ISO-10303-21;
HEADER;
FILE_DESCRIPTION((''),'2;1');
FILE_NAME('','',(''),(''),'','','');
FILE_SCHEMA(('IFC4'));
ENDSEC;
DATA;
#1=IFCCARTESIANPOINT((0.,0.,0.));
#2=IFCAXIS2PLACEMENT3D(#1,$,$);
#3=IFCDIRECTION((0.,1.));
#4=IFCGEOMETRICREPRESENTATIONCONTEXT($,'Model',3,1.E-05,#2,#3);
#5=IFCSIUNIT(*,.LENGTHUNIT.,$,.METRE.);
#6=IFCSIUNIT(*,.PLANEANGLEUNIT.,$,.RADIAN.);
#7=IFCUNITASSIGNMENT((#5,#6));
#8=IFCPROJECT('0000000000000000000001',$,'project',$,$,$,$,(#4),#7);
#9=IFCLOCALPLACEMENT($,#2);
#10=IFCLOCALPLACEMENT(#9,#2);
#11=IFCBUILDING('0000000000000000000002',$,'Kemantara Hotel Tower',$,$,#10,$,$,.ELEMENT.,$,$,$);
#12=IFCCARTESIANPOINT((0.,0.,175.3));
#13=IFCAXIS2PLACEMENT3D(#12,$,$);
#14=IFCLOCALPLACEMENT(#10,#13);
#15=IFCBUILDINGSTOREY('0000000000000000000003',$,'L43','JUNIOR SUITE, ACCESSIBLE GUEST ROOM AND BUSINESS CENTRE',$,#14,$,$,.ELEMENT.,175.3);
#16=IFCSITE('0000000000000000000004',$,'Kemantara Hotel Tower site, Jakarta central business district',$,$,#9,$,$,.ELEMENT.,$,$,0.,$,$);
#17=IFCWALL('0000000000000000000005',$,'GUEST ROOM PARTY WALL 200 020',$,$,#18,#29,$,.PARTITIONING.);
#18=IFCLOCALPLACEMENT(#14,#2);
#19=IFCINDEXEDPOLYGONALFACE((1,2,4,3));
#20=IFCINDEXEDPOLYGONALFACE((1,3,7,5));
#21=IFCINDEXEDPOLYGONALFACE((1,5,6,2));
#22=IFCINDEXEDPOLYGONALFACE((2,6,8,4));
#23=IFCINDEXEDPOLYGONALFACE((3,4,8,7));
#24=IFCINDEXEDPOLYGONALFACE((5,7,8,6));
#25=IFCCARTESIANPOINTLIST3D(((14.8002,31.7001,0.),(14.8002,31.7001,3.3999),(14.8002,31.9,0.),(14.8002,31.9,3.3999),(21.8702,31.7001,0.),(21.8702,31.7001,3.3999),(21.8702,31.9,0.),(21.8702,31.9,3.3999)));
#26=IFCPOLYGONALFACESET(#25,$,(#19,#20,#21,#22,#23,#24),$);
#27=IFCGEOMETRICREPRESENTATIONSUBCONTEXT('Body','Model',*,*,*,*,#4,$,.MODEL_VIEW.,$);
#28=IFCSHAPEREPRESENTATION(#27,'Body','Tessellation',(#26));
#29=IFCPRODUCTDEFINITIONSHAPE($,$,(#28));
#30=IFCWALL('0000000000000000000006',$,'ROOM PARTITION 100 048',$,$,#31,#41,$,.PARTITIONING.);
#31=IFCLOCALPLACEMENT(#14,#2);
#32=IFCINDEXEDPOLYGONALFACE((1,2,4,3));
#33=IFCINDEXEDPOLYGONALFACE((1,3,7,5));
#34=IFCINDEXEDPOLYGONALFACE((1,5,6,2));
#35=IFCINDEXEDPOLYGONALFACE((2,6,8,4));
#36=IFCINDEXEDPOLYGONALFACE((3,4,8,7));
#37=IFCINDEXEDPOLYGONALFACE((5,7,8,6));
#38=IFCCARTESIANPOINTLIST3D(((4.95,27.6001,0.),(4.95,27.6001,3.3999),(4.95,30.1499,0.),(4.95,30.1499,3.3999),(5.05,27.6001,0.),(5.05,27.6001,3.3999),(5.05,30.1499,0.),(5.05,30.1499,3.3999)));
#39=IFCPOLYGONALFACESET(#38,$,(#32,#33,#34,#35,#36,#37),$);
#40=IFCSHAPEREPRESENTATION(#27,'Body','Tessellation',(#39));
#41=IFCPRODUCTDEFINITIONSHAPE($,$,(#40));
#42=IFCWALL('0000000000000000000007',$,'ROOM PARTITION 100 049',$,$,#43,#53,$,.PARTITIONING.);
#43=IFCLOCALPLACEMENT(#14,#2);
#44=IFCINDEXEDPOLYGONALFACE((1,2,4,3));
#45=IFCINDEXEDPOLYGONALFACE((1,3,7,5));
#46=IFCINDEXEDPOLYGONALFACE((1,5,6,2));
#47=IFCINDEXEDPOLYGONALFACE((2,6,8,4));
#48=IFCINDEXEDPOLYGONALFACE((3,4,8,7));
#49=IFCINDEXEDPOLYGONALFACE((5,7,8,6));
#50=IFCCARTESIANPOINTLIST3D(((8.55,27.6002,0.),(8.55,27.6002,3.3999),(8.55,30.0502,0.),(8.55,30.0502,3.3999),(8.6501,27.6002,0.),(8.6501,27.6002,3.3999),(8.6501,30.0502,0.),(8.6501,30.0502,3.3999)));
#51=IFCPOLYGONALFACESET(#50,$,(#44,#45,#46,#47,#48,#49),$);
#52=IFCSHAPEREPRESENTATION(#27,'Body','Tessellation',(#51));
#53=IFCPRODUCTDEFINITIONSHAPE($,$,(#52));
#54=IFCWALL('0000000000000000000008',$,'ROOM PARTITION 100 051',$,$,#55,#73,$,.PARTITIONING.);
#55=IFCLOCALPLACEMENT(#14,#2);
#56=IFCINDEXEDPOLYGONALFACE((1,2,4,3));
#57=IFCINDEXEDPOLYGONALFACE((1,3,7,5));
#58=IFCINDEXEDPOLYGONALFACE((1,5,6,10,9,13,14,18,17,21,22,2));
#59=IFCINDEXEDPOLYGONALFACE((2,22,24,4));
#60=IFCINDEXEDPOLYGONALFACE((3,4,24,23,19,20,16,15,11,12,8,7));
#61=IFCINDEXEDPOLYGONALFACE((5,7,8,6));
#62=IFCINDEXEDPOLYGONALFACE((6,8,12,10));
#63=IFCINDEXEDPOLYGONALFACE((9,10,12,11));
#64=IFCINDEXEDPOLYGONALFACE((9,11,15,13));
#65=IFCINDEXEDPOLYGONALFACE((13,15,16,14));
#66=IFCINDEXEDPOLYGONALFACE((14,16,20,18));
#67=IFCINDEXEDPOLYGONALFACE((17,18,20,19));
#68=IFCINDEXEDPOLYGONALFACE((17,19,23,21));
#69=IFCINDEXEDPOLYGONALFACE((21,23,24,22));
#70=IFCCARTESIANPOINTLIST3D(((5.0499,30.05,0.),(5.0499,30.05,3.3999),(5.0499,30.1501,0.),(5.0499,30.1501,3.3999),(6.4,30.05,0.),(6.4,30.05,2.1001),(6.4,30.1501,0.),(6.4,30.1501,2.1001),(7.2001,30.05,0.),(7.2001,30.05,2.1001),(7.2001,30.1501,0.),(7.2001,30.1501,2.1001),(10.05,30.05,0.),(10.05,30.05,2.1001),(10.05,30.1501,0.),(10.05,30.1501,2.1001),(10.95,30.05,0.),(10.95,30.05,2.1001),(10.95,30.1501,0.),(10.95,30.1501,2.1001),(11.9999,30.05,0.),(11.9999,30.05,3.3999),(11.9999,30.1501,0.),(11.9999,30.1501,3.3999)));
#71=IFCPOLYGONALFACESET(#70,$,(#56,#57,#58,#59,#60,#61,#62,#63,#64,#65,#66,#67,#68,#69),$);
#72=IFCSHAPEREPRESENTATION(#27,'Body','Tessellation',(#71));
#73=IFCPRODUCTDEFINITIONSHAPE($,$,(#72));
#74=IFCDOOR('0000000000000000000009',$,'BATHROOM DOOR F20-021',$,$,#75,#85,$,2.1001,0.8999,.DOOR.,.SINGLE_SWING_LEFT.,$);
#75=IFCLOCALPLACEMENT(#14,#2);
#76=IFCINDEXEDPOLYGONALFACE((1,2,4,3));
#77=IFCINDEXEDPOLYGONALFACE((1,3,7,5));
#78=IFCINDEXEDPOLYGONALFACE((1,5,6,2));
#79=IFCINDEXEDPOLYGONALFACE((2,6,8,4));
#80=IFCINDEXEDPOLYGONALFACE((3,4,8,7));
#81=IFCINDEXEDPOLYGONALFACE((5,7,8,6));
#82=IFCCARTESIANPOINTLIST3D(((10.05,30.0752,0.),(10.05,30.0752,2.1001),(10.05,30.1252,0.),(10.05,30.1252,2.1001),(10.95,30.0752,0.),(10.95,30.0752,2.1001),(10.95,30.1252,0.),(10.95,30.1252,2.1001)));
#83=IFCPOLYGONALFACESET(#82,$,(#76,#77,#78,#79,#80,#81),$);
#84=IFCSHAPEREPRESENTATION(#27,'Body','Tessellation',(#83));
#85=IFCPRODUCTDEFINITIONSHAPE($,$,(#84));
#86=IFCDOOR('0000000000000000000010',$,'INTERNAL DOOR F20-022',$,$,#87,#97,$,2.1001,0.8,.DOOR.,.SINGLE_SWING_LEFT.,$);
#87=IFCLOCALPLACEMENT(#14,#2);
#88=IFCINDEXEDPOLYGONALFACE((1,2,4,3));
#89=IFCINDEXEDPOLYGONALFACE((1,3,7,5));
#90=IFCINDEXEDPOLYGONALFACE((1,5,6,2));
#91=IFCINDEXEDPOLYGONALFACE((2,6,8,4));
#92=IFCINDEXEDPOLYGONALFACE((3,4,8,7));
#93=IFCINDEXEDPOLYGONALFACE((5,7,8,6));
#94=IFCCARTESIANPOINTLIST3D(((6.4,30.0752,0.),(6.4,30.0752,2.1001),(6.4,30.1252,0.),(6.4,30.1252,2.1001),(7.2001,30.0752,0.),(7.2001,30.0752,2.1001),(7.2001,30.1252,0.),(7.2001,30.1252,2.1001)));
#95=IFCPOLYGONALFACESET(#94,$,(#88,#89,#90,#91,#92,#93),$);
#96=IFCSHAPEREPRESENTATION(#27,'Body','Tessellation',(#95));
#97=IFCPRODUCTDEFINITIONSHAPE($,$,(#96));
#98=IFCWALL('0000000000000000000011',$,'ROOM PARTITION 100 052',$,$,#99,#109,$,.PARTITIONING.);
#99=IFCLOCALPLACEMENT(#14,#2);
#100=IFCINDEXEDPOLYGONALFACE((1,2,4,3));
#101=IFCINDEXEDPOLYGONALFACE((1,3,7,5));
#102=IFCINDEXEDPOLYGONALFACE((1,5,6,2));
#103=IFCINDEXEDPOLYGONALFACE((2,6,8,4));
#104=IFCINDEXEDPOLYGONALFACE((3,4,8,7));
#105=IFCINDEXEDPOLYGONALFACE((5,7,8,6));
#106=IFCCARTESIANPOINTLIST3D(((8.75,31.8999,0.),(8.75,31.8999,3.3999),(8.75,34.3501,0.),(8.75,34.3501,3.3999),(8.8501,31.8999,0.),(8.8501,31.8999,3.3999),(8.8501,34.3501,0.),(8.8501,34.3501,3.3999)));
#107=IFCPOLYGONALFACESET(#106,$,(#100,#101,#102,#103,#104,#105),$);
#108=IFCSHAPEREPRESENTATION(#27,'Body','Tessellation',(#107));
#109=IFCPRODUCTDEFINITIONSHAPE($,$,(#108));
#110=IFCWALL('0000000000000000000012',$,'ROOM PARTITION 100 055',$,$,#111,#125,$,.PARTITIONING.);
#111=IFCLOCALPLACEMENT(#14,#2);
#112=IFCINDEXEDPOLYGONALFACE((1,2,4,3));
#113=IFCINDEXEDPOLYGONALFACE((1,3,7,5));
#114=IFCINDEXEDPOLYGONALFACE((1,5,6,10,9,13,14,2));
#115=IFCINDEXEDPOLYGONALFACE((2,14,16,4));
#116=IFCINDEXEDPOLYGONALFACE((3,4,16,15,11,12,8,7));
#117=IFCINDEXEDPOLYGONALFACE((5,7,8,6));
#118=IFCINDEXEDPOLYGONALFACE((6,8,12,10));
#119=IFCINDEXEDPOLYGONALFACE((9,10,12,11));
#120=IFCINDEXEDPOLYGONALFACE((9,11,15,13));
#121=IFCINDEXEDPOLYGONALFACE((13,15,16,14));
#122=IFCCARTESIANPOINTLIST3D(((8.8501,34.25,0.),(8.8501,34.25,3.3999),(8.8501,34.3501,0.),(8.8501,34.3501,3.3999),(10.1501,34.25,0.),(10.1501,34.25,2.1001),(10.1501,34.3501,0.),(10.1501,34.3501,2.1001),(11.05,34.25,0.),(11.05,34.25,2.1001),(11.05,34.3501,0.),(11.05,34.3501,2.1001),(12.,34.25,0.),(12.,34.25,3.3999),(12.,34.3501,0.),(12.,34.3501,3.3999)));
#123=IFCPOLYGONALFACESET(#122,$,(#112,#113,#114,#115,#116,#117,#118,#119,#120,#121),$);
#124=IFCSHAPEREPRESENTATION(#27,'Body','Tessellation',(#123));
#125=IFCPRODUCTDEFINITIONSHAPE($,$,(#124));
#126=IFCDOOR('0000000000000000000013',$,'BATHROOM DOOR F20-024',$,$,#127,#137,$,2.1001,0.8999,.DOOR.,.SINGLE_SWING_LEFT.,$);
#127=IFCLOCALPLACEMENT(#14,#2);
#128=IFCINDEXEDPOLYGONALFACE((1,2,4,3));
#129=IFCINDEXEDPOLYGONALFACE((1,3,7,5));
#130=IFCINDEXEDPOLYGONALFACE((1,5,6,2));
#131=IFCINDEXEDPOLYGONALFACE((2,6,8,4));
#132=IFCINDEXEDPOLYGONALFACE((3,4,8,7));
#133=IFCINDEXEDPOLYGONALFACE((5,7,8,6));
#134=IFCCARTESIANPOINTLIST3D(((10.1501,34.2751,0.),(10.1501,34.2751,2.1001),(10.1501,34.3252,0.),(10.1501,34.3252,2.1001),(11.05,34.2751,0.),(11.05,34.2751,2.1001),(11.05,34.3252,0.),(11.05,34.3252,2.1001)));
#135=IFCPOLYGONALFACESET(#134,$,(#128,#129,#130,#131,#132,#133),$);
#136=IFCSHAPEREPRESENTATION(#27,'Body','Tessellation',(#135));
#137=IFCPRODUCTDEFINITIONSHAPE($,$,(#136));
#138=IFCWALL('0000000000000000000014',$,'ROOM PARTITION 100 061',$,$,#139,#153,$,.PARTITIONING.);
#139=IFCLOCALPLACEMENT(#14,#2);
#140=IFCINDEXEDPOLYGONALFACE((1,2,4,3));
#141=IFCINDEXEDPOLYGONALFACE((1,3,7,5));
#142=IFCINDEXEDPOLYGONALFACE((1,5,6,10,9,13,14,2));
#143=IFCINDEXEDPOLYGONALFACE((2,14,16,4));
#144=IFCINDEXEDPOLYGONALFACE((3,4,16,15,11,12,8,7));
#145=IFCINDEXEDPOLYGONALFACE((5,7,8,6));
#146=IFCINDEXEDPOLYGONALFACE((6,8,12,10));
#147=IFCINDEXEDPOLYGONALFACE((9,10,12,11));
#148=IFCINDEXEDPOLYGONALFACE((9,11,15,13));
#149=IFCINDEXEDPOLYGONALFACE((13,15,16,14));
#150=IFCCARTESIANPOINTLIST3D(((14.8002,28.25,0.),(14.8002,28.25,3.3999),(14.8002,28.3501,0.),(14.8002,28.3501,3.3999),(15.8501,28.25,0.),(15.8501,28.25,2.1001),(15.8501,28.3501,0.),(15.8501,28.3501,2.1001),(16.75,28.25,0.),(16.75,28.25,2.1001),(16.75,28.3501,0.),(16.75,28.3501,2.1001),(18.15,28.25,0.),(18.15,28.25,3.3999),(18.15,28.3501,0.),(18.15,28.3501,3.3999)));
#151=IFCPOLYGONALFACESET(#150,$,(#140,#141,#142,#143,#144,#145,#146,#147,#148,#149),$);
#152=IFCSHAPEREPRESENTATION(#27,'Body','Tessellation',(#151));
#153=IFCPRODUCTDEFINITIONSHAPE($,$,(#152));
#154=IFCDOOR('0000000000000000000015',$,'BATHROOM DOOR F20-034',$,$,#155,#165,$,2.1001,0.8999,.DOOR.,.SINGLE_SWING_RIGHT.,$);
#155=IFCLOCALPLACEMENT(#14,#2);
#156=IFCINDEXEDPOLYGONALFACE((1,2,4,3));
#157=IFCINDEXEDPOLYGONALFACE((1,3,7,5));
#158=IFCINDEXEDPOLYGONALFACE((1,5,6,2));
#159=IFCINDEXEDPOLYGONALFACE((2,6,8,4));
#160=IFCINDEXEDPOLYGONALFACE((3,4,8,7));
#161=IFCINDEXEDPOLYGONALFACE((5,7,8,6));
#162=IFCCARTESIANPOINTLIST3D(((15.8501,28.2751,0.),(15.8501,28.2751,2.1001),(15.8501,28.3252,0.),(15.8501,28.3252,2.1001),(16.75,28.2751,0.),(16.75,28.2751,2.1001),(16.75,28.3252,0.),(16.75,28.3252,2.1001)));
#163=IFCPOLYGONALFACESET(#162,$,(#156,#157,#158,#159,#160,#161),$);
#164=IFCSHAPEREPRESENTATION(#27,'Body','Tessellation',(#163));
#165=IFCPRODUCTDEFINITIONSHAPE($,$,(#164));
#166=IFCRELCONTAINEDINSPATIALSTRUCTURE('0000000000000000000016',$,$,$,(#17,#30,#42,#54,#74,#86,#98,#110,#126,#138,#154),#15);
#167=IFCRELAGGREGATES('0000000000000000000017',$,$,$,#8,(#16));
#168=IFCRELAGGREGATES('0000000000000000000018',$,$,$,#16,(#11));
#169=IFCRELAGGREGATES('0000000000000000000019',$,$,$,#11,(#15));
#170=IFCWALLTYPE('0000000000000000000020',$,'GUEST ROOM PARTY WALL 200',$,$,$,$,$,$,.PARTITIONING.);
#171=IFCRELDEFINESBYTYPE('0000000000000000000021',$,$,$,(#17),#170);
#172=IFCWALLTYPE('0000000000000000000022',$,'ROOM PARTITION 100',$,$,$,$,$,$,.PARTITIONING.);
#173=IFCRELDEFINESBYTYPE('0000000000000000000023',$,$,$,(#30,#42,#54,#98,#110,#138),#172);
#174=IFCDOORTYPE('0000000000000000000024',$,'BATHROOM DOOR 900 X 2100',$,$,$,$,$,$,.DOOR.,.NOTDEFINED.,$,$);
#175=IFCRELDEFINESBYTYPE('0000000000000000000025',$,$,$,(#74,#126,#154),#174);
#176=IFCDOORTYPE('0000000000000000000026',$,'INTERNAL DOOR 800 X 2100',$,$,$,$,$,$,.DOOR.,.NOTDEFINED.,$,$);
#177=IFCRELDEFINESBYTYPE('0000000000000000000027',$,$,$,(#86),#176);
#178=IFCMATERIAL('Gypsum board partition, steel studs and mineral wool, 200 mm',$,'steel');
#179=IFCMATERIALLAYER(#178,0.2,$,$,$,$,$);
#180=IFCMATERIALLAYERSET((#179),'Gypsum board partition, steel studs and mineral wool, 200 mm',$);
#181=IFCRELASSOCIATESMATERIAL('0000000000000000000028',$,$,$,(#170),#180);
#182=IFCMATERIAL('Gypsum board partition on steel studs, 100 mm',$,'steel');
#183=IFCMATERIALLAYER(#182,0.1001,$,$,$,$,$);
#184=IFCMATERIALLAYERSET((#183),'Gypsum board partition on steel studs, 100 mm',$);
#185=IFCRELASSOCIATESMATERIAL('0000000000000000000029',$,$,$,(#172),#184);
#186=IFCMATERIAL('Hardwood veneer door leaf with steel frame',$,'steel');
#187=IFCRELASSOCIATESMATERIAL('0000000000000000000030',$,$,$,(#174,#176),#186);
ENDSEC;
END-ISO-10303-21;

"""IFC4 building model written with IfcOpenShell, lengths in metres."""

from ifc_helpers import new_model, si_unit, direction, frame, frame_2d, origin, place, context, subcontext, project, spatial, rectangle, extrude, material, layer, layer_set, type_object, element, fill, save


model = new_model("IFC4")

# Units and contexts
model_context = context("Model", 3, precision=1e-05, world=origin(), true_north=direction((0.0, 1.0)))
body_context = subcontext(model_context, "Body", "Model", "MODEL_VIEW")
ifc_project = project(units=[si_unit("LENGTHUNIT", "METRE"), si_unit("PLANEANGLEUNIT", "RADIAN")], contexts=[model_context])

# Site, building, storey
site_placement = place(None, origin())
site = spatial("IfcSite", under=ifc_project, at=site_placement, Name="Kemantara Hotel Tower site, Jakarta central business district", CompositionType="ELEMENT", RefElevation=0.0)
building_placement = place(site_placement, origin())
building = spatial("IfcBuilding", under=site, at=building_placement, Name="Kemantara Hotel Tower", CompositionType="ELEMENT")
storey_placement = place(building_placement, frame((0.0, 0.0, 175.3)))
storey = spatial("IfcBuildingStorey", under=building, at=storey_placement, Name="L43", Description="JUNIOR SUITE, ACCESSIBLE GUEST ROOM AND BUSINESS CENTRE", CompositionType="ELEMENT", Elevation=175.3)

# Shared definitions
ifc_material_1 = material(Name="Gypsum board partition, steel studs and mineral wool, 200 mm", Category="steel")
ifc_material_2 = material(Name="Hardwood veneer door leaf with steel frame", Category="steel")

# Walls
ifc_layer_1 = layer(ifc_material_1, 0.2)
ifc_layer_set_1 = layer_set([ifc_layer_1], Name="Gypsum board partition, steel studs and mineral wool, 200 mm")
wall_type_1 = type_object("IfcWallType", Name="GUEST ROOM PARTY WALL 200", PredefinedType="PARTITIONING", material=ifc_layer_set_1)
wall_1_placement = place(storey_placement, frame((14.8, 31.8, 0.0), z_axis=(0.0, 0.0, 1.0), x_axis=(1.0, 0.0, 0.0)))
element("IfcWall", 1, at=wall_1_placement, inside=storey, type_object=wall_type_1, Name="GUEST ROOM PARTY WALL 200 020", PredefinedType="PARTITIONING", context=body_context, shape_type="SweptSolid", body=[
    extrude(rectangle(XDim=7.0701, YDim=0.2, at=frame_2d((3.5352, 0.0))), origin(), (0.0, 0.0, 1.0), 3.3999),
])
ifc_material_3 = material(Name="Gypsum board partition on steel studs, 100 mm", Category="steel")
ifc_layer_2 = layer(ifc_material_3, 0.1001)
ifc_layer_set_2 = layer_set([ifc_layer_2], Name="Gypsum board partition on steel studs, 100 mm")
wall_type_2 = type_object("IfcWallType", Name="ROOM PARTITION 100", PredefinedType="PARTITIONING", material=ifc_layer_set_2)
wall_2_placement = place(storey_placement, frame((5.0, 27.6001, 0.0), z_axis=(0.0, 0.0, 1.0), x_axis=(0.0, 1.0, 0.0)))
element("IfcWall", 2, at=wall_2_placement, inside=storey, type_object=wall_type_2, Name="ROOM PARTITION 100 048", PredefinedType="PARTITIONING", context=body_context, shape_type="SweptSolid", body=[
    extrude(rectangle(XDim=2.5498, YDim=0.1001, at=frame_2d((1.2749, 0.0))), origin(), (0.0, 0.0, 1.0), 3.3999),
])
wall_3_placement = place(storey_placement, frame((8.6001, 27.6001, 0.0), z_axis=(0.0, 0.0, 1.0), x_axis=(0.0, 1.0, 0.0)))
element("IfcWall", 3, at=wall_3_placement, inside=storey, type_object=wall_type_2, Name="ROOM PARTITION 100 049", PredefinedType="PARTITIONING", context=body_context, shape_type="SweptSolid", body=[
    extrude(rectangle(XDim=2.45, YDim=0.1001, at=frame_2d((1.2251, 0.0))), origin(), (0.0, 0.0, 1.0), 3.3999),
])

# Wall, openings, doors
wall_4_placement = place(storey_placement, frame((12.0, 30.1001, 0.0), z_axis=(0.0, 0.0, 1.0), x_axis=(-1.0, 0.0, 0.0)))
wall_4 = element("IfcWall", 4, at=wall_4_placement, inside=storey, type_object=wall_type_2, Name="ROOM PARTITION 100 051", PredefinedType="PARTITIONING", context=body_context, shape_type="SweptSolid", body=[
    extrude(rectangle(XDim=6.95, YDim=0.1001, at=frame_2d((3.4751, 0.0))), origin(), (0.0, 0.0, 1.0), 3.3999),
])
opening_1_placement = place(wall_4_placement, frame((1.05, 0.0, 0.0)))
opening_1 = element("IfcOpeningElement", 5, at=opening_1_placement, cuts=wall_4, PredefinedType="OPENING", context=body_context, shape_type="SweptSolid", body=[
    extrude(rectangle(XDim=0.8999, YDim=2.1001, at=frame_2d((0.45, 1.05))), frame((0.0, 0.0601, 0.0), z_axis=(0.0, -1.0, 0.0), x_axis=(1.0, 0.0, 0.0)), (0.0, 0.0, 1.0), 0.1201),
])
opening_2_placement = place(wall_4_placement, frame((4.8, 0.0, 0.0)))
opening_2 = element("IfcOpeningElement", 6, at=opening_2_placement, cuts=wall_4, PredefinedType="OPENING", context=body_context, shape_type="SweptSolid", body=[
    extrude(rectangle(XDim=0.8, YDim=2.1001, at=frame_2d((0.3999, 1.05))), frame((0.0, 0.0601, 0.0), z_axis=(0.0, -1.0, 0.0), x_axis=(1.0, 0.0, 0.0)), (0.0, 0.0, 1.0), 0.1201),
])
door_type_1 = type_object("IfcDoorType", Name="BATHROOM DOOR 900 X 2100", OperationType="NOTDEFINED", PredefinedType="DOOR", material=ifc_material_2)
door_1_placement = place(opening_1_placement, origin())
door_1 = element("IfcDoor", 7, at=door_1_placement, inside=storey, type_object=door_type_1, Name="BATHROOM DOOR F20-021", OperationType="SINGLE_SWING_LEFT", OverallHeight=2.1001, OverallWidth=0.8999, PredefinedType="DOOR", context=body_context, shape_type="SweptSolid", body=[
    extrude(rectangle(XDim=0.8999, YDim=2.1001, at=frame_2d((0.45, 1.05))), frame((0.0, 0.0249, 0.0), z_axis=(0.0, -1.0, 0.0), x_axis=(1.0, 0.0, 0.0)), (0.0, 0.0, 1.0), 0.05),
])
fill(opening_1, door_1)
door_type_2 = type_object("IfcDoorType", Name="INTERNAL DOOR 800 X 2100", OperationType="NOTDEFINED", PredefinedType="DOOR", material=ifc_material_2)
door_2_placement = place(opening_2_placement, origin())
door_2 = element("IfcDoor", 8, at=door_2_placement, inside=storey, type_object=door_type_2, Name="INTERNAL DOOR F20-022", OperationType="SINGLE_SWING_LEFT", OverallHeight=2.1001, OverallWidth=0.8, PredefinedType="DOOR", context=body_context, shape_type="SweptSolid", body=[
    extrude(rectangle(XDim=0.8, YDim=2.1001, at=frame_2d((0.3999, 1.05))), frame((0.0, 0.0249, 0.0), z_axis=(0.0, -1.0, 0.0), x_axis=(1.0, 0.0, 0.0)), (0.0, 0.0, 1.0), 0.05),
])
fill(opening_2, door_2)

# Wall
wall_5_placement = place(storey_placement, frame((8.8, 31.8999, 0.0), z_axis=(0.0, 0.0, 1.0), x_axis=(0.0, 1.0, 0.0)))
element("IfcWall", 9, at=wall_5_placement, inside=storey, type_object=wall_type_2, Name="ROOM PARTITION 100 052", PredefinedType="PARTITIONING", context=body_context, shape_type="SweptSolid", body=[
    extrude(rectangle(XDim=2.4502, YDim=0.1001, at=frame_2d((1.2251, 0.0))), origin(), (0.0, 0.0, 1.0), 3.3999),
])

# Walls, openings, doors
wall_6_placement = place(storey_placement, frame((12.0, 34.3, 0.0), z_axis=(0.0, 0.0, 1.0), x_axis=(-1.0, 0.0, 0.0)))
wall_6 = element("IfcWall", 10, at=wall_6_placement, inside=storey, type_object=wall_type_2, Name="ROOM PARTITION 100 055", PredefinedType="PARTITIONING", context=body_context, shape_type="SweptSolid", body=[
    extrude(rectangle(XDim=3.1499, YDim=0.1001, at=frame_2d((1.575, 0.0))), origin(), (0.0, 0.0, 1.0), 3.3999),
])
opening_3_placement = place(wall_6_placement, frame((0.95, 0.0, 0.0)))
opening_3 = element("IfcOpeningElement", 11, at=opening_3_placement, cuts=wall_6, PredefinedType="OPENING", context=body_context, shape_type="SweptSolid", body=[
    extrude(rectangle(XDim=0.8999, YDim=2.1001, at=frame_2d((0.45, 1.05))), frame((0.0, 0.0601, 0.0), z_axis=(0.0, -1.0, 0.0), x_axis=(1.0, 0.0, 0.0)), (0.0, 0.0, 1.0), 0.1201),
])
door_3_placement = place(opening_3_placement, origin())
door_3 = element("IfcDoor", 12, at=door_3_placement, inside=storey, type_object=door_type_1, Name="BATHROOM DOOR F20-024", OperationType="SINGLE_SWING_LEFT", OverallHeight=2.1001, OverallWidth=0.8999, PredefinedType="DOOR", context=body_context, shape_type="SweptSolid", body=[
    extrude(rectangle(XDim=0.8999, YDim=2.1001, at=frame_2d((0.45, 1.05))), frame((0.0, 0.0249, 0.0), z_axis=(0.0, -1.0, 0.0), x_axis=(1.0, 0.0, 0.0)), (0.0, 0.0, 1.0), 0.05),
])
fill(opening_3, door_3)
wall_7_placement = place(storey_placement, frame((18.1499, 28.3, 0.0), z_axis=(0.0, 0.0, 1.0), x_axis=(-1.0, 0.0, 0.0)))
wall_7 = element("IfcWall", 13, at=wall_7_placement, inside=storey, type_object=wall_type_2, Name="ROOM PARTITION 100 061", PredefinedType="PARTITIONING", context=body_context, shape_type="SweptSolid", body=[
    extrude(rectangle(XDim=3.3499, YDim=0.1001, at=frame_2d((1.6748, 0.0))), origin(), (0.0, 0.0, 1.0), 3.3999),
])
opening_4_placement = place(wall_7_placement, frame((1.3999, 0.0, 0.0)))
opening_4 = element("IfcOpeningElement", 14, at=opening_4_placement, cuts=wall_7, PredefinedType="OPENING", context=body_context, shape_type="SweptSolid", body=[
    extrude(rectangle(XDim=0.8999, YDim=2.1001, at=frame_2d((0.45, 1.05))), frame((0.0, 0.0601, 0.0), z_axis=(0.0, -1.0, 0.0), x_axis=(1.0, 0.0, 0.0)), (0.0, 0.0, 1.0), 0.1201),
])
door_4_placement = place(opening_4_placement, origin())
door_4 = element("IfcDoor", 15, at=door_4_placement, inside=storey, type_object=door_type_1, Name="BATHROOM DOOR F20-034", OperationType="SINGLE_SWING_RIGHT", OverallHeight=2.1001, OverallWidth=0.8999, PredefinedType="DOOR", context=body_context, shape_type="SweptSolid", body=[
    extrude(rectangle(XDim=0.8999, YDim=2.1001, at=frame_2d((0.45, 1.05))), frame((0.0, 0.0249, 0.0), z_axis=(0.0, -1.0, 0.0), x_axis=(1.0, 0.0, 0.0)), (0.0, 0.0, 1.0), 0.05),
])
fill(opening_4, door_4)

save(model, "model.ifc")
